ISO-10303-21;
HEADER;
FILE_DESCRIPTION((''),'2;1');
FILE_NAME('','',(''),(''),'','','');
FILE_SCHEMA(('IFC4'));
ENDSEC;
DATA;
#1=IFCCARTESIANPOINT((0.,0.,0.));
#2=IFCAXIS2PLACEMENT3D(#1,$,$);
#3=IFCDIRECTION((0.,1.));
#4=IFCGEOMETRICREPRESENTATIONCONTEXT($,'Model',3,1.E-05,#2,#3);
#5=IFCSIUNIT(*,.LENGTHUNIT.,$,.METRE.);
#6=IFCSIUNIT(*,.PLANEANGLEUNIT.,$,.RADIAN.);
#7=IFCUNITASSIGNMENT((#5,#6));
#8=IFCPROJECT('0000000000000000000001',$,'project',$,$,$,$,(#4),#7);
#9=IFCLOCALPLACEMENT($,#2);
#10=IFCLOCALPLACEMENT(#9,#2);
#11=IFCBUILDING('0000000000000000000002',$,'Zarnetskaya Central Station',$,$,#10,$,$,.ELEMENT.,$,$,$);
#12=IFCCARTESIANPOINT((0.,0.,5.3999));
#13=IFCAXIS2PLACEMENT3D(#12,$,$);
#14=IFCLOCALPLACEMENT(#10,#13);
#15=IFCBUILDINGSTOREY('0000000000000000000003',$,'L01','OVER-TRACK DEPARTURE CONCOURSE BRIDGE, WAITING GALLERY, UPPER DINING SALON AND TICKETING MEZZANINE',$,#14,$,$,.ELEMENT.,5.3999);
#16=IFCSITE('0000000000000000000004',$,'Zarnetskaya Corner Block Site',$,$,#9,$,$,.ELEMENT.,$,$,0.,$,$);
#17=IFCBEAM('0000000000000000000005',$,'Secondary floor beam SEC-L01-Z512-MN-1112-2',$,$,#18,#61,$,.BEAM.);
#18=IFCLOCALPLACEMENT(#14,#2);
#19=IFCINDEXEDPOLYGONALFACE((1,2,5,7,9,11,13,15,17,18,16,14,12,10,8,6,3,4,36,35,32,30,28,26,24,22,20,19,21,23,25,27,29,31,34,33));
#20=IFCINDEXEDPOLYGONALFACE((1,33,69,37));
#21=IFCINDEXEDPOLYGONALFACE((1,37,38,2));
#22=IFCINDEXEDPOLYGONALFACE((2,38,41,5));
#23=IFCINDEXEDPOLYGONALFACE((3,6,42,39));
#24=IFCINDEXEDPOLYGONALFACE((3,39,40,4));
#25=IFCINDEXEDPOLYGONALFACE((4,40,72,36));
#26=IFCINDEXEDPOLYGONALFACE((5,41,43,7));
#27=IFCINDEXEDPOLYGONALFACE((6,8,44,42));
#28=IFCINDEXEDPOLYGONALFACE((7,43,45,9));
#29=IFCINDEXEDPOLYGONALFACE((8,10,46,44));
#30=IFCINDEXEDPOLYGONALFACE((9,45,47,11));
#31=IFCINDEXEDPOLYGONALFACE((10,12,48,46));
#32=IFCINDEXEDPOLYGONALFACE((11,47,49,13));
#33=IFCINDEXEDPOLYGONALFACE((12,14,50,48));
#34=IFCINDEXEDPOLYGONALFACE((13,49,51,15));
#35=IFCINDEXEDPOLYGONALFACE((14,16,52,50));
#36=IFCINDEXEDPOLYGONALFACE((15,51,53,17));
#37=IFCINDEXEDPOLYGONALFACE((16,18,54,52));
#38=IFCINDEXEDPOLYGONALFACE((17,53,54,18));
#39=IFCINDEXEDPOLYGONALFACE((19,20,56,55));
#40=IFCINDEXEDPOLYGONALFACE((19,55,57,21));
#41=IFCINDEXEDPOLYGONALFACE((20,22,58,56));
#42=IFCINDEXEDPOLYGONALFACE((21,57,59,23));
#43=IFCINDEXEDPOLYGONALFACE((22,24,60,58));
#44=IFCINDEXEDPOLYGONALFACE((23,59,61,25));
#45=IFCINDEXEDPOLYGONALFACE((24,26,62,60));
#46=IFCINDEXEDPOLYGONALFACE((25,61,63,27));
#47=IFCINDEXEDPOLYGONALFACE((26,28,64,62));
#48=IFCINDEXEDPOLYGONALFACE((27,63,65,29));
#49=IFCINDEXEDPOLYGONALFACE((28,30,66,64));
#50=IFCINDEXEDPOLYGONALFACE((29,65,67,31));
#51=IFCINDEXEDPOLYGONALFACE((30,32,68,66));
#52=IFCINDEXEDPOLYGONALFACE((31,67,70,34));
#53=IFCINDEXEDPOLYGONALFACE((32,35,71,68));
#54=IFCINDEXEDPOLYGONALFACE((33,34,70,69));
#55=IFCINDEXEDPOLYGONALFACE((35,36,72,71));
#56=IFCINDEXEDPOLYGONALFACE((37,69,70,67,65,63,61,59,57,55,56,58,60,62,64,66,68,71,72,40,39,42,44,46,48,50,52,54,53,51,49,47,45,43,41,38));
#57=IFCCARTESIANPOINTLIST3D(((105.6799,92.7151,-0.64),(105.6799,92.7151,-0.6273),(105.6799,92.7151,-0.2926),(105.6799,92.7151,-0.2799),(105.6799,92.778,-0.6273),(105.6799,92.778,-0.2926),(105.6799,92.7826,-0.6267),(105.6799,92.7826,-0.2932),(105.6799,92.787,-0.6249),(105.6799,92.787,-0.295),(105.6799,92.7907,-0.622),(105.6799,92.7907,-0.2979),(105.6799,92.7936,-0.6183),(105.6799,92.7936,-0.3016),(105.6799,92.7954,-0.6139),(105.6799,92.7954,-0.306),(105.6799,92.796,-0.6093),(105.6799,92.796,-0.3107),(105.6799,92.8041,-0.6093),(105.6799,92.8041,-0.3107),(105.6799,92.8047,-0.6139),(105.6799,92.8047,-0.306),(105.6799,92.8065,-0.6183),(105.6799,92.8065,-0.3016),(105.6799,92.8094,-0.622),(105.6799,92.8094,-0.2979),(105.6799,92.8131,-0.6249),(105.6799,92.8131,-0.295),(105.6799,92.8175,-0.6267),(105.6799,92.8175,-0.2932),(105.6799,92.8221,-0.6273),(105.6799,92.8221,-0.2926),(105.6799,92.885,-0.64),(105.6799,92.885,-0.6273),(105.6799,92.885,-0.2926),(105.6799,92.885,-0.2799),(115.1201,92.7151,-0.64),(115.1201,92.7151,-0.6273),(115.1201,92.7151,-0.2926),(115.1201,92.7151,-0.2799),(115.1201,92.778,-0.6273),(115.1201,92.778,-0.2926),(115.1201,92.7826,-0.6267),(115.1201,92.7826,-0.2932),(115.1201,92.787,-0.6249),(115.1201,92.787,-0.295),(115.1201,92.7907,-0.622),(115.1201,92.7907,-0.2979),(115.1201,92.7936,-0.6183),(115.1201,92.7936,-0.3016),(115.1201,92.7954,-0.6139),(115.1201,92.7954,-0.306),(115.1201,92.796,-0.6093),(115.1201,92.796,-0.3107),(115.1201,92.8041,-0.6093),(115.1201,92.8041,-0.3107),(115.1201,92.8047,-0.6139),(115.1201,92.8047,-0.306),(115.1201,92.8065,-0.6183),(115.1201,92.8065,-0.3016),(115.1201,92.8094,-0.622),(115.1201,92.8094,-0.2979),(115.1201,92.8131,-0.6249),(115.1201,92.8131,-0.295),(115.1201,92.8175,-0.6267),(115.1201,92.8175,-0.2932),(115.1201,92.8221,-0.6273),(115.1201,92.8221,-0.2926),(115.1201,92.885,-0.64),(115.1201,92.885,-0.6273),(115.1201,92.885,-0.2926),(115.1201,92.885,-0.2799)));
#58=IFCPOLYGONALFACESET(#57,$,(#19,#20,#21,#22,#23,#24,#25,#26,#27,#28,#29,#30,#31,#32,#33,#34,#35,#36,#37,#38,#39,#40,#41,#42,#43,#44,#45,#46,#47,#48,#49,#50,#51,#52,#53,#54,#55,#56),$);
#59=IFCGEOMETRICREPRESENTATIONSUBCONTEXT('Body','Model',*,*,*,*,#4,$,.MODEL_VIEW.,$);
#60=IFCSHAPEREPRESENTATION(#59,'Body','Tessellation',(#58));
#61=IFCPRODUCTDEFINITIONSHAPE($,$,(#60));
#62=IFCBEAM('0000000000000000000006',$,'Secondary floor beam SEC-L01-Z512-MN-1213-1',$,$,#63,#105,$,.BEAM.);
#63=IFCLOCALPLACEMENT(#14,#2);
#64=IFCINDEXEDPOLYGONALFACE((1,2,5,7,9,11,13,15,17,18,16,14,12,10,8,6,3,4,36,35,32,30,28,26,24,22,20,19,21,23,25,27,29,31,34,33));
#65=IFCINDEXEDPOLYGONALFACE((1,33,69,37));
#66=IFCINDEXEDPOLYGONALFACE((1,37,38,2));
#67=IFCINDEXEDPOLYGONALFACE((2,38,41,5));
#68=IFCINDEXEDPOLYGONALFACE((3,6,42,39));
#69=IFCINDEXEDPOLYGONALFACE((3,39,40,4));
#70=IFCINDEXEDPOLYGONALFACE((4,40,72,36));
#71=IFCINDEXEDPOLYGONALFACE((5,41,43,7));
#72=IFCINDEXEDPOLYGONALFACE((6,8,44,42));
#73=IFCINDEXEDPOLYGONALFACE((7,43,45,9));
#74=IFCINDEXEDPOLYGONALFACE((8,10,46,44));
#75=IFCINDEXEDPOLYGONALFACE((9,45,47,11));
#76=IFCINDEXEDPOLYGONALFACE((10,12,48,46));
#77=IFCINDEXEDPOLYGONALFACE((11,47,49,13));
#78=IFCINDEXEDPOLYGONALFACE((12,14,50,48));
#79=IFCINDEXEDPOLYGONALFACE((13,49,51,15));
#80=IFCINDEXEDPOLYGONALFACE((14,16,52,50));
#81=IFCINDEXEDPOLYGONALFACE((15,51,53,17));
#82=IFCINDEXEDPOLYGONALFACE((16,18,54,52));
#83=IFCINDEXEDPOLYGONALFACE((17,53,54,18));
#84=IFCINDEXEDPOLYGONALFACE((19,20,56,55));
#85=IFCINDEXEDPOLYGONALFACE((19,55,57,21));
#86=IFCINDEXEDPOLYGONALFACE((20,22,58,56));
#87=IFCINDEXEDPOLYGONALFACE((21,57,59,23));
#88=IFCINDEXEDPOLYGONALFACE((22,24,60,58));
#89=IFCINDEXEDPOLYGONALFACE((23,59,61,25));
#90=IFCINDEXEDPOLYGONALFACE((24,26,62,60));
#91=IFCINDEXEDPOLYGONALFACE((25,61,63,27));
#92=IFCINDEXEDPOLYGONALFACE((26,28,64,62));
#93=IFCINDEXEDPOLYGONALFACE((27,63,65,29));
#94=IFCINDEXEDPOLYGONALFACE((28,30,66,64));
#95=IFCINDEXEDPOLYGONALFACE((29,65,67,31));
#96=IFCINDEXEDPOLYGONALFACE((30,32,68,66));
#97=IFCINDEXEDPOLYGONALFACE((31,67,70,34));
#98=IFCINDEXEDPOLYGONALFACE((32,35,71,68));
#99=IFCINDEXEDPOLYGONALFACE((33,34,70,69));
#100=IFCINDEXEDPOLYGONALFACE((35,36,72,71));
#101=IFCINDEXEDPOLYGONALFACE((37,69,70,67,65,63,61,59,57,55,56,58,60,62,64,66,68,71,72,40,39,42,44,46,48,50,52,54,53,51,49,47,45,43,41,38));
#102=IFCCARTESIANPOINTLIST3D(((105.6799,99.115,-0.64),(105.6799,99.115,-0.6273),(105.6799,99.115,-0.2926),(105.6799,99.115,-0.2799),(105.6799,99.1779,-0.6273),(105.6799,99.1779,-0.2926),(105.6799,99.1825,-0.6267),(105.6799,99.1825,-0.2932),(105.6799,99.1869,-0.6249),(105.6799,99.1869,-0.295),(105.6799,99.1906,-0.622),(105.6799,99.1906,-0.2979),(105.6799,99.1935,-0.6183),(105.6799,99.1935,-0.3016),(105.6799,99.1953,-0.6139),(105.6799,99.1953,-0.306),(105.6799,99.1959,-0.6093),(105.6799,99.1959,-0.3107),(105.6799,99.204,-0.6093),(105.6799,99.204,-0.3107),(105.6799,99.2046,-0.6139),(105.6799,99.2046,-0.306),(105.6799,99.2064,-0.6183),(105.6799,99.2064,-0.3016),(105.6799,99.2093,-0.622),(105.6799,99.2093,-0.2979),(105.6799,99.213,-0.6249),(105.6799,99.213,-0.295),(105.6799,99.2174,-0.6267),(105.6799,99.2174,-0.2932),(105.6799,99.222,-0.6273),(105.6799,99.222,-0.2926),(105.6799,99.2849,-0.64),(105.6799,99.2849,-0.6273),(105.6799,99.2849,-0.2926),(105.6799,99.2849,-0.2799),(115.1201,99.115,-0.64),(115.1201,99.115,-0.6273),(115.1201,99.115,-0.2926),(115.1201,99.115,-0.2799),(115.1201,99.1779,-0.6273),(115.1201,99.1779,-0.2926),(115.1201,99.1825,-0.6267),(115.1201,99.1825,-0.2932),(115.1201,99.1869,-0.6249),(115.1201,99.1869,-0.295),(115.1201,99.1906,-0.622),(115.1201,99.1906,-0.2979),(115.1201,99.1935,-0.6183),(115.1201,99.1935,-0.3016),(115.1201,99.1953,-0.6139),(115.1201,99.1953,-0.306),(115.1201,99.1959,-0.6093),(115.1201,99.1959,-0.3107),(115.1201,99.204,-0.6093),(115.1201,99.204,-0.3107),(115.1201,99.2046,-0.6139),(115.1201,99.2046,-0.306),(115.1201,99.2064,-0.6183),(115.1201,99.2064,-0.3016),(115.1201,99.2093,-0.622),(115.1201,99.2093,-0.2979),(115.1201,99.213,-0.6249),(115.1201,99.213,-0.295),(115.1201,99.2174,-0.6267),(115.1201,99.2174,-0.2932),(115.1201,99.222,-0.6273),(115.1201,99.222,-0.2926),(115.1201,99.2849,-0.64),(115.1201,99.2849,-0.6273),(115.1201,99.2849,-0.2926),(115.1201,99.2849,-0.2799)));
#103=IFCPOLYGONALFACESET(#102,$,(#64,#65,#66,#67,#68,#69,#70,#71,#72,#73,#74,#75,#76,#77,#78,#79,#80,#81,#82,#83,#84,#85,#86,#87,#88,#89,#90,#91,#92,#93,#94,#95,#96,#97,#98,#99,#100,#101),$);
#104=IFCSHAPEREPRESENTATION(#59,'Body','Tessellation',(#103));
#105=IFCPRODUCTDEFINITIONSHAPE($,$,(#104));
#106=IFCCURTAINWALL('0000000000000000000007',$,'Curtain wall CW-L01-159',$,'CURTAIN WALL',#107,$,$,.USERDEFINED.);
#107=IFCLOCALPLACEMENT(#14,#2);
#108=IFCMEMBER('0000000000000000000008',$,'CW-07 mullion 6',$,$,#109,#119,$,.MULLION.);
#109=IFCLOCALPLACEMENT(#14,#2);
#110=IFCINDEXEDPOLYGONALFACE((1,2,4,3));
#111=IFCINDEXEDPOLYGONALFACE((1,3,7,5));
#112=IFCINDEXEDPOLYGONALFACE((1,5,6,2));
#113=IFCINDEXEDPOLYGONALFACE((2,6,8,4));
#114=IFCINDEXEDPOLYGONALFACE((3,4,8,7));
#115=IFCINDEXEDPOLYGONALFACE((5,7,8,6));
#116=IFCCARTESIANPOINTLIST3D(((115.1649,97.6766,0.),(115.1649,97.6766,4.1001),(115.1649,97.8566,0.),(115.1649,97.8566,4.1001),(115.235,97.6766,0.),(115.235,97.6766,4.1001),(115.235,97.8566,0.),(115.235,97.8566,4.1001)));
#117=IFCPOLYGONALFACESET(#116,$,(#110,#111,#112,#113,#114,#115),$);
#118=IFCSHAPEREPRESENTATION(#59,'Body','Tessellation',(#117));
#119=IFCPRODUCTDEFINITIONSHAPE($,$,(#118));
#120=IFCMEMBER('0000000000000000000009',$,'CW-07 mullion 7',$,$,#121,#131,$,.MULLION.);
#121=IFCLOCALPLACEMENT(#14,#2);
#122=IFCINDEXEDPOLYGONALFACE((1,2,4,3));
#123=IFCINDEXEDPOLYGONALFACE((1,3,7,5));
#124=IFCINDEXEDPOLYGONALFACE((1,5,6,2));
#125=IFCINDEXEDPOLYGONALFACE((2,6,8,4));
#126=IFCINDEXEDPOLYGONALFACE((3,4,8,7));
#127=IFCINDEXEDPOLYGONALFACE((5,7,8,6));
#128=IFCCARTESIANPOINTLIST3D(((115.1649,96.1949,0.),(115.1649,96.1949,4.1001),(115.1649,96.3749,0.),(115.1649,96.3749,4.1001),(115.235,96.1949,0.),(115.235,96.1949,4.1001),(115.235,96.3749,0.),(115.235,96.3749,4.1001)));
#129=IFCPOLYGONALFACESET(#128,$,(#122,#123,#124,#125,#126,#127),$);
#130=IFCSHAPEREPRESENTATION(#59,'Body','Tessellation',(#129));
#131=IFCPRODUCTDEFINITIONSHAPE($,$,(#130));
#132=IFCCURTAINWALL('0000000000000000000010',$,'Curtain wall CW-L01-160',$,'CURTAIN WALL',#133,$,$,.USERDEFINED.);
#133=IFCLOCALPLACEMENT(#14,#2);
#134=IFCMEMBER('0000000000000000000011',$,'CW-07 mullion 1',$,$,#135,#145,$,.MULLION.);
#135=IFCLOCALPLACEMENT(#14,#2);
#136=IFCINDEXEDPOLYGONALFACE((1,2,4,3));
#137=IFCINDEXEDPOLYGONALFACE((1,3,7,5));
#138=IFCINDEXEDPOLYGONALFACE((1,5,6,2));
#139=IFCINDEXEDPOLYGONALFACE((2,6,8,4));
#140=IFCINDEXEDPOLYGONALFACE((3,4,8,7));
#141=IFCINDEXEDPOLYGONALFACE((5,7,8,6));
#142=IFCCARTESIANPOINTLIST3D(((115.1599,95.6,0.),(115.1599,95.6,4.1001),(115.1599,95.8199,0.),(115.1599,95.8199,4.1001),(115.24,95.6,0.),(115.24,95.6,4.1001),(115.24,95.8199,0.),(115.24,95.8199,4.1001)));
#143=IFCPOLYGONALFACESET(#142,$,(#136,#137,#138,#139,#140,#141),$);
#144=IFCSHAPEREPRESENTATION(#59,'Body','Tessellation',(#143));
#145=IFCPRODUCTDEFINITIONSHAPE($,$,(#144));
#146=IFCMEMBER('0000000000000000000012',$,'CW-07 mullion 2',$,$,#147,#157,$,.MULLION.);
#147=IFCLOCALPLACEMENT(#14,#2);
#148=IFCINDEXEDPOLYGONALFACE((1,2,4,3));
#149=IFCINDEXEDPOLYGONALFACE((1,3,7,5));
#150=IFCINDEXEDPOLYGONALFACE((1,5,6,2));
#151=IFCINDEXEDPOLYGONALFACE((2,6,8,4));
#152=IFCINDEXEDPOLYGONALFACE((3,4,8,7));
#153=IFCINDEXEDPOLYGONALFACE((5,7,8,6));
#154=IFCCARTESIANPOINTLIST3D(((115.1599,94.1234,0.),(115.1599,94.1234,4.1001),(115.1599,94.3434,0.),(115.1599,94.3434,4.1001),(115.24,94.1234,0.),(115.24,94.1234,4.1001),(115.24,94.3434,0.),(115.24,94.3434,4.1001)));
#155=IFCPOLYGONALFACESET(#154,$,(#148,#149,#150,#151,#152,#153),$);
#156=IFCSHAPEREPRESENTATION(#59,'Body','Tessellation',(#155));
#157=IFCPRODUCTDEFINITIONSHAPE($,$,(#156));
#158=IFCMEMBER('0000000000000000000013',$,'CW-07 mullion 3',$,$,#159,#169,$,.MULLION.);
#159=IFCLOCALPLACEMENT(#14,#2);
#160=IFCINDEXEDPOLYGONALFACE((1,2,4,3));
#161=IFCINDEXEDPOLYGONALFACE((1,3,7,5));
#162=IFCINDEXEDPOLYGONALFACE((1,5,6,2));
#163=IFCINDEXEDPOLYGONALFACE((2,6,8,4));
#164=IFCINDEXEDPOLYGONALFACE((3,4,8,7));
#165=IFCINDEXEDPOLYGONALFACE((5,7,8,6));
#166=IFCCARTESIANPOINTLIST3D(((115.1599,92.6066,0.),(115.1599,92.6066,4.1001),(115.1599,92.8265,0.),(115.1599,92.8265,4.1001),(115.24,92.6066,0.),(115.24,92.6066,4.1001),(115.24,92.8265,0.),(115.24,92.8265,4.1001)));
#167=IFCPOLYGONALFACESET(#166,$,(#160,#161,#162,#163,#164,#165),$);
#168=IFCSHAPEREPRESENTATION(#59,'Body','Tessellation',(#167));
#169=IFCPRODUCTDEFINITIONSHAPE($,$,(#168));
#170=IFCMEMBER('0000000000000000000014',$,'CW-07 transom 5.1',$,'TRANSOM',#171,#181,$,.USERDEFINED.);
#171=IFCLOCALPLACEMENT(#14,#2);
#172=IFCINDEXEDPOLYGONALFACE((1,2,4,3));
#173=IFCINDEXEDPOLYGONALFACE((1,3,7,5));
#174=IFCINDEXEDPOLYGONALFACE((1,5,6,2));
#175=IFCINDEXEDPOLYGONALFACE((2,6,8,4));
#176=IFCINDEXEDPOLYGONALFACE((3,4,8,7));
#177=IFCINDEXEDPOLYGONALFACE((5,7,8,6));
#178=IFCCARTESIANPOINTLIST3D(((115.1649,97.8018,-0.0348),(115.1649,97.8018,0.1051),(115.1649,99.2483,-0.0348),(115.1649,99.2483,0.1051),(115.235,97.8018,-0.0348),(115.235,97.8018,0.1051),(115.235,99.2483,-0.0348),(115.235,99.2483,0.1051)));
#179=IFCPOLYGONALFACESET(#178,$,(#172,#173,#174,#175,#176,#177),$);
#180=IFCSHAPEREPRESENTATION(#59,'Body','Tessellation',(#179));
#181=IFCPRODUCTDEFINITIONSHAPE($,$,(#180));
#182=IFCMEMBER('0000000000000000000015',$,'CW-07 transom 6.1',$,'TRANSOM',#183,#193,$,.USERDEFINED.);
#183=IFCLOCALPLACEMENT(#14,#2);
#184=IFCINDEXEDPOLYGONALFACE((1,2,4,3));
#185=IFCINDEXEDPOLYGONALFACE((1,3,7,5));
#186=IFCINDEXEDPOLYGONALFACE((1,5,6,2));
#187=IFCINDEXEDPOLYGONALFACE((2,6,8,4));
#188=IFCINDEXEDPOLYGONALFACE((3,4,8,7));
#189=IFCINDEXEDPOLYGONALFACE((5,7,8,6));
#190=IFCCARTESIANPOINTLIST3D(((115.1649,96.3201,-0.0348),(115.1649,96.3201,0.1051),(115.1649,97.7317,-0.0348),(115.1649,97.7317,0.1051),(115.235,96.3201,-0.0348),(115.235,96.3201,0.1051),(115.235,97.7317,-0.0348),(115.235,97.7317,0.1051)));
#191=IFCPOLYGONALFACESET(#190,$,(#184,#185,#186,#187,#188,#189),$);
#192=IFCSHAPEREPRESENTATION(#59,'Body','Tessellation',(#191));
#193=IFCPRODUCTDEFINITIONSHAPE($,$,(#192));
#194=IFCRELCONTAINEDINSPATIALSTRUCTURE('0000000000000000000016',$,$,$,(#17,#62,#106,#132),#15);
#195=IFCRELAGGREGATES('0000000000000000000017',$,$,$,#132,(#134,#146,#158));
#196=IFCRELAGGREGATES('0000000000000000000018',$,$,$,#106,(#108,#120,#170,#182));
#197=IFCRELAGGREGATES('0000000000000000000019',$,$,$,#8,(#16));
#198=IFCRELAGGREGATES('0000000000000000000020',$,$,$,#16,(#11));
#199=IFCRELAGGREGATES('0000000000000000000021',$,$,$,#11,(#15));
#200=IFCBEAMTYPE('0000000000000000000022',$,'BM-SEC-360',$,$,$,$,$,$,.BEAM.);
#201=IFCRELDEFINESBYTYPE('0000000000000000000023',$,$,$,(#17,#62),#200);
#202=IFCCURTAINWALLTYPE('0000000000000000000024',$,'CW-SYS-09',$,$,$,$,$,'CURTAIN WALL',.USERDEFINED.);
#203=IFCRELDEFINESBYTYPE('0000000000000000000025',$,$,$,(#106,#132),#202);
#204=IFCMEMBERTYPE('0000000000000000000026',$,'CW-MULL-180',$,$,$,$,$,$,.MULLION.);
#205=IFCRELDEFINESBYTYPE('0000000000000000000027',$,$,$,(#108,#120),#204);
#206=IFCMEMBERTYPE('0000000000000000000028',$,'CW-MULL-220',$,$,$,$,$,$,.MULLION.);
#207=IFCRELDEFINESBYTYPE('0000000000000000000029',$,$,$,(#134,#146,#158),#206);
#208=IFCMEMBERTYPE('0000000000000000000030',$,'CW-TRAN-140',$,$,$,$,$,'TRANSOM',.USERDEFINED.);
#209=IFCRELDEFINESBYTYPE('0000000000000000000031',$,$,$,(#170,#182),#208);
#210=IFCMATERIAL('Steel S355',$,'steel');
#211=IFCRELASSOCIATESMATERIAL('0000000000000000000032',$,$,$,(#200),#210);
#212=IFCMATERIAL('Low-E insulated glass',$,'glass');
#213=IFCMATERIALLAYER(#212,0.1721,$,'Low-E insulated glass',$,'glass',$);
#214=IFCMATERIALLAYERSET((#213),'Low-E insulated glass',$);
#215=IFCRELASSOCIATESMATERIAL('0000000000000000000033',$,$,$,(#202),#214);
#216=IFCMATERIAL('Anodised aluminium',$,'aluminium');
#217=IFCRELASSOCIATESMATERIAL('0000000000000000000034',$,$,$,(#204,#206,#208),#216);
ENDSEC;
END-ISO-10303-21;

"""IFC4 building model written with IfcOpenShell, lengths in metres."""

from ifc_helpers import new_model, si_unit, direction, frame, origin, origin_2d, place, context, subcontext, project, spatial, rectangle, i_section, extrude, material, layer, layer_set, material_profile, profile_set, type_object, element, aggregate, save


model = new_model("IFC4")

# Units and contexts
model_context = context("Model", 3, precision=1e-05, world=origin(), true_north=direction((0.0, 1.0)))
body_context = subcontext(model_context, "Body", "Model", "MODEL_VIEW")
ifc_project = project(units=[si_unit("LENGTHUNIT", "METRE"), si_unit("PLANEANGLEUNIT", "RADIAN")], contexts=[model_context])

# Site, building, storey
site_placement = place(None, origin())
site = spatial("IfcSite", under=ifc_project, at=site_placement, Name="Zarnetskaya Corner Block Site", CompositionType="ELEMENT", RefElevation=0.0)
building_placement = place(site_placement, origin())
building = spatial("IfcBuilding", under=site, at=building_placement, Name="Zarnetskaya Central Station", CompositionType="ELEMENT")
storey_placement = place(building_placement, frame((0.0, 0.0, 5.3999)))
storey = spatial("IfcBuildingStorey", under=building, at=storey_placement, Name="L01", Description="OVER-TRACK DEPARTURE CONCOURSE BRIDGE, WAITING GALLERY, UPPER DINING SALON AND TICKETING MEZZANINE", CompositionType="ELEMENT", Elevation=5.3999)

# Beams
ifc_material_1 = material(Name="Steel S355", Category="steel")
ifc_material_profile_1 = material_profile(ifc_material_1, i_section(OverallWidth=0.1699, OverallDepth=0.3601, WebThickness=0.0081, FlangeThickness=0.0127, FilletRadius=0.0181, at=origin_2d()), Name="IPE 360")
ifc_profile_set_1 = profile_set([ifc_material_profile_1], Name="Steel S355")
beam_type_1 = type_object("IfcBeamType", Name="BM-SEC-360", PredefinedType="BEAM", material=ifc_profile_set_1)
for number, where, z_axis, x_axis, name in (
    (1, (105.6799, 92.8, -0.46), (1.0, 0.0, 0.0), (0.0, 1.0, 0.0), "Secondary floor beam SEC-L01-Z512-MN-1112-2"),
    (2, (105.6799, 99.2, -0.46), (1.0, 0.0, 0.0), (0.0, 1.0, 0.0), "Secondary floor beam SEC-L01-Z512-MN-1213-1"),
):
    element("IfcBeam", number, at=place(storey_placement, frame(where, z_axis=z_axis, x_axis=x_axis)), inside=storey, type_object=beam_type_1, Name=name, PredefinedType="BEAM", context=body_context, shape_type="SweptSolid", body=[
        extrude(i_section(OverallWidth=0.1699, OverallDepth=0.3601, WebThickness=0.0081, FlangeThickness=0.0127, FilletRadius=0.0181, at=origin_2d()), origin(), (0.0, 0.0, 1.0), 9.4402),
    ])

# Curtain walls, members
ifc_material_2 = material(Name="Low-E insulated glass", Category="glass")
ifc_layer_1 = layer(ifc_material_2, 0.1721, Name="Low-E insulated glass", Category="glass")
ifc_layer_set_1 = layer_set([ifc_layer_1], Name="Low-E insulated glass")
curtain_wall_type = type_object("IfcCurtainWallType", Name="CW-SYS-09", ElementType="CURTAIN WALL", PredefinedType="USERDEFINED", material=ifc_layer_set_1)
curtain_wall_1_placement = place(storey_placement, origin())
curtain_wall_1 = element("IfcCurtainWall", 3, at=curtain_wall_1_placement, inside=storey, type_object=curtain_wall_type, Name="Curtain wall CW-L01-159", ObjectType="CURTAIN WALL", PredefinedType="USERDEFINED")
ifc_material_3 = material(Name="Anodised aluminium", Category="aluminium")
ifc_material_profile_2 = material_profile(ifc_material_3, rectangle(XDim=0.0701, YDim=0.1799, at=origin_2d()), Name="ALU MULL 70x180")
ifc_profile_set_2 = profile_set([ifc_material_profile_2], Name="Anodised aluminium")
member_type_1 = type_object("IfcMemberType", Name="CW-MULL-180", PredefinedType="MULLION", material=ifc_profile_set_2)
member_1_placement = place(storey_placement, frame((115.2, 97.7666, 0.0), z_axis=(0.0, 0.0, 1.0), x_axis=(1.0, 0.0, 0.0)))
member_1 = element("IfcMember", 4, at=member_1_placement, type_object=member_type_1, Name="CW-07 mullion 6", PredefinedType="MULLION", context=body_context, shape_type="SweptSolid", body=[
    extrude(rectangle(XDim=0.0701, YDim=0.1799, at=origin_2d()), origin(), (0.0, 0.0, 1.0), 4.1001),
])
member_2_placement = place(storey_placement, frame((115.2, 96.2849, 0.0), z_axis=(0.0, 0.0, 1.0), x_axis=(1.0, 0.0, 0.0)))
member_2 = element("IfcMember", 5, at=member_2_placement, type_object=member_type_1, Name="CW-07 mullion 7", PredefinedType="MULLION", context=body_context, shape_type="SweptSolid", body=[
    extrude(rectangle(XDim=0.0701, YDim=0.1799, at=origin_2d()), origin(), (0.0, 0.0, 1.0), 4.1001),
])
curtain_wall_2_placement = place(storey_placement, origin())
curtain_wall_2 = element("IfcCurtainWall", 6, at=curtain_wall_2_placement, inside=storey, type_object=curtain_wall_type, Name="Curtain wall CW-L01-160", ObjectType="CURTAIN WALL", PredefinedType="USERDEFINED")
ifc_material_profile_3 = material_profile(ifc_material_3, rectangle(XDim=0.0801, YDim=0.22, at=origin_2d()), Name="ALU MULL 80x220")
ifc_profile_set_3 = profile_set([ifc_material_profile_3], Name="Anodised aluminium")
member_type_2 = type_object("IfcMemberType", Name="CW-MULL-220", PredefinedType="MULLION", material=ifc_profile_set_3)
member_3_placement = place(storey_placement, frame((115.2, 95.71, 0.0), z_axis=(0.0, 0.0, 1.0), x_axis=(1.0, 0.0, 0.0)))
member_3 = element("IfcMember", 7, at=member_3_placement, type_object=member_type_2, Name="CW-07 mullion 1", PredefinedType="MULLION", context=body_context, shape_type="SweptSolid", body=[
    extrude(rectangle(XDim=0.0801, YDim=0.22, at=origin_2d()), origin(), (0.0, 0.0, 1.0), 4.1001),
])
member_4_placement = place(storey_placement, frame((115.2, 94.2334, 0.0), z_axis=(0.0, 0.0, 1.0), x_axis=(1.0, 0.0, 0.0)))
member_4 = element("IfcMember", 8, at=member_4_placement, type_object=member_type_2, Name="CW-07 mullion 2", PredefinedType="MULLION", context=body_context, shape_type="SweptSolid", body=[
    extrude(rectangle(XDim=0.0801, YDim=0.22, at=origin_2d()), origin(), (0.0, 0.0, 1.0), 4.1001),
])
member_5_placement = place(storey_placement, frame((115.2, 92.7166, 0.0), z_axis=(0.0, 0.0, 1.0), x_axis=(1.0, 0.0, 0.0)))
member_5 = element("IfcMember", 9, at=member_5_placement, type_object=member_type_2, Name="CW-07 mullion 3", PredefinedType="MULLION", context=body_context, shape_type="SweptSolid", body=[
    extrude(rectangle(XDim=0.0801, YDim=0.22, at=origin_2d()), origin(), (0.0, 0.0, 1.0), 4.1001),
])

# Members
ifc_material_profile_4 = material_profile(ifc_material_3, rectangle(XDim=0.0701, YDim=0.1399, at=origin_2d()), Name="ALU TRAN 70x140")
ifc_profile_set_4 = profile_set([ifc_material_profile_4], Name="Anodised aluminium")
member_type_3 = type_object("IfcMemberType", Name="CW-TRAN-140", ElementType="TRANSOM", PredefinedType="USERDEFINED", material=ifc_profile_set_4)
member_6_placement = place(storey_placement, frame((115.2, 99.2483, 0.0352), z_axis=(0.0, -1.0, 0.0), x_axis=(1.0, 0.0, 0.0)))
member_6 = element("IfcMember", 10, at=member_6_placement, type_object=member_type_3, Name="CW-07 transom 5.1", ObjectType="TRANSOM", PredefinedType="USERDEFINED", context=body_context, shape_type="SweptSolid", body=[
    extrude(rectangle(XDim=0.0701, YDim=0.1399, at=origin_2d()), origin(), (0.0, 0.0, 1.0), 1.4465),
])
member_7_placement = place(storey_placement, frame((115.2, 97.7317, 0.0352), z_axis=(0.0, -1.0, 0.0), x_axis=(1.0, 0.0, 0.0)))
member_7 = element("IfcMember", 11, at=member_7_placement, type_object=member_type_3, Name="CW-07 transom 6.1", ObjectType="TRANSOM", PredefinedType="USERDEFINED", context=body_context, shape_type="SweptSolid", body=[
    extrude(rectangle(XDim=0.0701, YDim=0.1399, at=origin_2d()), origin(), (0.0, 0.0, 1.0), 1.4116),
])

aggregate(curtain_wall_2, [member_3, member_4, member_5])
aggregate(curtain_wall_1, [member_1, member_2, member_6, member_7])

save(model, "model.ifc")
